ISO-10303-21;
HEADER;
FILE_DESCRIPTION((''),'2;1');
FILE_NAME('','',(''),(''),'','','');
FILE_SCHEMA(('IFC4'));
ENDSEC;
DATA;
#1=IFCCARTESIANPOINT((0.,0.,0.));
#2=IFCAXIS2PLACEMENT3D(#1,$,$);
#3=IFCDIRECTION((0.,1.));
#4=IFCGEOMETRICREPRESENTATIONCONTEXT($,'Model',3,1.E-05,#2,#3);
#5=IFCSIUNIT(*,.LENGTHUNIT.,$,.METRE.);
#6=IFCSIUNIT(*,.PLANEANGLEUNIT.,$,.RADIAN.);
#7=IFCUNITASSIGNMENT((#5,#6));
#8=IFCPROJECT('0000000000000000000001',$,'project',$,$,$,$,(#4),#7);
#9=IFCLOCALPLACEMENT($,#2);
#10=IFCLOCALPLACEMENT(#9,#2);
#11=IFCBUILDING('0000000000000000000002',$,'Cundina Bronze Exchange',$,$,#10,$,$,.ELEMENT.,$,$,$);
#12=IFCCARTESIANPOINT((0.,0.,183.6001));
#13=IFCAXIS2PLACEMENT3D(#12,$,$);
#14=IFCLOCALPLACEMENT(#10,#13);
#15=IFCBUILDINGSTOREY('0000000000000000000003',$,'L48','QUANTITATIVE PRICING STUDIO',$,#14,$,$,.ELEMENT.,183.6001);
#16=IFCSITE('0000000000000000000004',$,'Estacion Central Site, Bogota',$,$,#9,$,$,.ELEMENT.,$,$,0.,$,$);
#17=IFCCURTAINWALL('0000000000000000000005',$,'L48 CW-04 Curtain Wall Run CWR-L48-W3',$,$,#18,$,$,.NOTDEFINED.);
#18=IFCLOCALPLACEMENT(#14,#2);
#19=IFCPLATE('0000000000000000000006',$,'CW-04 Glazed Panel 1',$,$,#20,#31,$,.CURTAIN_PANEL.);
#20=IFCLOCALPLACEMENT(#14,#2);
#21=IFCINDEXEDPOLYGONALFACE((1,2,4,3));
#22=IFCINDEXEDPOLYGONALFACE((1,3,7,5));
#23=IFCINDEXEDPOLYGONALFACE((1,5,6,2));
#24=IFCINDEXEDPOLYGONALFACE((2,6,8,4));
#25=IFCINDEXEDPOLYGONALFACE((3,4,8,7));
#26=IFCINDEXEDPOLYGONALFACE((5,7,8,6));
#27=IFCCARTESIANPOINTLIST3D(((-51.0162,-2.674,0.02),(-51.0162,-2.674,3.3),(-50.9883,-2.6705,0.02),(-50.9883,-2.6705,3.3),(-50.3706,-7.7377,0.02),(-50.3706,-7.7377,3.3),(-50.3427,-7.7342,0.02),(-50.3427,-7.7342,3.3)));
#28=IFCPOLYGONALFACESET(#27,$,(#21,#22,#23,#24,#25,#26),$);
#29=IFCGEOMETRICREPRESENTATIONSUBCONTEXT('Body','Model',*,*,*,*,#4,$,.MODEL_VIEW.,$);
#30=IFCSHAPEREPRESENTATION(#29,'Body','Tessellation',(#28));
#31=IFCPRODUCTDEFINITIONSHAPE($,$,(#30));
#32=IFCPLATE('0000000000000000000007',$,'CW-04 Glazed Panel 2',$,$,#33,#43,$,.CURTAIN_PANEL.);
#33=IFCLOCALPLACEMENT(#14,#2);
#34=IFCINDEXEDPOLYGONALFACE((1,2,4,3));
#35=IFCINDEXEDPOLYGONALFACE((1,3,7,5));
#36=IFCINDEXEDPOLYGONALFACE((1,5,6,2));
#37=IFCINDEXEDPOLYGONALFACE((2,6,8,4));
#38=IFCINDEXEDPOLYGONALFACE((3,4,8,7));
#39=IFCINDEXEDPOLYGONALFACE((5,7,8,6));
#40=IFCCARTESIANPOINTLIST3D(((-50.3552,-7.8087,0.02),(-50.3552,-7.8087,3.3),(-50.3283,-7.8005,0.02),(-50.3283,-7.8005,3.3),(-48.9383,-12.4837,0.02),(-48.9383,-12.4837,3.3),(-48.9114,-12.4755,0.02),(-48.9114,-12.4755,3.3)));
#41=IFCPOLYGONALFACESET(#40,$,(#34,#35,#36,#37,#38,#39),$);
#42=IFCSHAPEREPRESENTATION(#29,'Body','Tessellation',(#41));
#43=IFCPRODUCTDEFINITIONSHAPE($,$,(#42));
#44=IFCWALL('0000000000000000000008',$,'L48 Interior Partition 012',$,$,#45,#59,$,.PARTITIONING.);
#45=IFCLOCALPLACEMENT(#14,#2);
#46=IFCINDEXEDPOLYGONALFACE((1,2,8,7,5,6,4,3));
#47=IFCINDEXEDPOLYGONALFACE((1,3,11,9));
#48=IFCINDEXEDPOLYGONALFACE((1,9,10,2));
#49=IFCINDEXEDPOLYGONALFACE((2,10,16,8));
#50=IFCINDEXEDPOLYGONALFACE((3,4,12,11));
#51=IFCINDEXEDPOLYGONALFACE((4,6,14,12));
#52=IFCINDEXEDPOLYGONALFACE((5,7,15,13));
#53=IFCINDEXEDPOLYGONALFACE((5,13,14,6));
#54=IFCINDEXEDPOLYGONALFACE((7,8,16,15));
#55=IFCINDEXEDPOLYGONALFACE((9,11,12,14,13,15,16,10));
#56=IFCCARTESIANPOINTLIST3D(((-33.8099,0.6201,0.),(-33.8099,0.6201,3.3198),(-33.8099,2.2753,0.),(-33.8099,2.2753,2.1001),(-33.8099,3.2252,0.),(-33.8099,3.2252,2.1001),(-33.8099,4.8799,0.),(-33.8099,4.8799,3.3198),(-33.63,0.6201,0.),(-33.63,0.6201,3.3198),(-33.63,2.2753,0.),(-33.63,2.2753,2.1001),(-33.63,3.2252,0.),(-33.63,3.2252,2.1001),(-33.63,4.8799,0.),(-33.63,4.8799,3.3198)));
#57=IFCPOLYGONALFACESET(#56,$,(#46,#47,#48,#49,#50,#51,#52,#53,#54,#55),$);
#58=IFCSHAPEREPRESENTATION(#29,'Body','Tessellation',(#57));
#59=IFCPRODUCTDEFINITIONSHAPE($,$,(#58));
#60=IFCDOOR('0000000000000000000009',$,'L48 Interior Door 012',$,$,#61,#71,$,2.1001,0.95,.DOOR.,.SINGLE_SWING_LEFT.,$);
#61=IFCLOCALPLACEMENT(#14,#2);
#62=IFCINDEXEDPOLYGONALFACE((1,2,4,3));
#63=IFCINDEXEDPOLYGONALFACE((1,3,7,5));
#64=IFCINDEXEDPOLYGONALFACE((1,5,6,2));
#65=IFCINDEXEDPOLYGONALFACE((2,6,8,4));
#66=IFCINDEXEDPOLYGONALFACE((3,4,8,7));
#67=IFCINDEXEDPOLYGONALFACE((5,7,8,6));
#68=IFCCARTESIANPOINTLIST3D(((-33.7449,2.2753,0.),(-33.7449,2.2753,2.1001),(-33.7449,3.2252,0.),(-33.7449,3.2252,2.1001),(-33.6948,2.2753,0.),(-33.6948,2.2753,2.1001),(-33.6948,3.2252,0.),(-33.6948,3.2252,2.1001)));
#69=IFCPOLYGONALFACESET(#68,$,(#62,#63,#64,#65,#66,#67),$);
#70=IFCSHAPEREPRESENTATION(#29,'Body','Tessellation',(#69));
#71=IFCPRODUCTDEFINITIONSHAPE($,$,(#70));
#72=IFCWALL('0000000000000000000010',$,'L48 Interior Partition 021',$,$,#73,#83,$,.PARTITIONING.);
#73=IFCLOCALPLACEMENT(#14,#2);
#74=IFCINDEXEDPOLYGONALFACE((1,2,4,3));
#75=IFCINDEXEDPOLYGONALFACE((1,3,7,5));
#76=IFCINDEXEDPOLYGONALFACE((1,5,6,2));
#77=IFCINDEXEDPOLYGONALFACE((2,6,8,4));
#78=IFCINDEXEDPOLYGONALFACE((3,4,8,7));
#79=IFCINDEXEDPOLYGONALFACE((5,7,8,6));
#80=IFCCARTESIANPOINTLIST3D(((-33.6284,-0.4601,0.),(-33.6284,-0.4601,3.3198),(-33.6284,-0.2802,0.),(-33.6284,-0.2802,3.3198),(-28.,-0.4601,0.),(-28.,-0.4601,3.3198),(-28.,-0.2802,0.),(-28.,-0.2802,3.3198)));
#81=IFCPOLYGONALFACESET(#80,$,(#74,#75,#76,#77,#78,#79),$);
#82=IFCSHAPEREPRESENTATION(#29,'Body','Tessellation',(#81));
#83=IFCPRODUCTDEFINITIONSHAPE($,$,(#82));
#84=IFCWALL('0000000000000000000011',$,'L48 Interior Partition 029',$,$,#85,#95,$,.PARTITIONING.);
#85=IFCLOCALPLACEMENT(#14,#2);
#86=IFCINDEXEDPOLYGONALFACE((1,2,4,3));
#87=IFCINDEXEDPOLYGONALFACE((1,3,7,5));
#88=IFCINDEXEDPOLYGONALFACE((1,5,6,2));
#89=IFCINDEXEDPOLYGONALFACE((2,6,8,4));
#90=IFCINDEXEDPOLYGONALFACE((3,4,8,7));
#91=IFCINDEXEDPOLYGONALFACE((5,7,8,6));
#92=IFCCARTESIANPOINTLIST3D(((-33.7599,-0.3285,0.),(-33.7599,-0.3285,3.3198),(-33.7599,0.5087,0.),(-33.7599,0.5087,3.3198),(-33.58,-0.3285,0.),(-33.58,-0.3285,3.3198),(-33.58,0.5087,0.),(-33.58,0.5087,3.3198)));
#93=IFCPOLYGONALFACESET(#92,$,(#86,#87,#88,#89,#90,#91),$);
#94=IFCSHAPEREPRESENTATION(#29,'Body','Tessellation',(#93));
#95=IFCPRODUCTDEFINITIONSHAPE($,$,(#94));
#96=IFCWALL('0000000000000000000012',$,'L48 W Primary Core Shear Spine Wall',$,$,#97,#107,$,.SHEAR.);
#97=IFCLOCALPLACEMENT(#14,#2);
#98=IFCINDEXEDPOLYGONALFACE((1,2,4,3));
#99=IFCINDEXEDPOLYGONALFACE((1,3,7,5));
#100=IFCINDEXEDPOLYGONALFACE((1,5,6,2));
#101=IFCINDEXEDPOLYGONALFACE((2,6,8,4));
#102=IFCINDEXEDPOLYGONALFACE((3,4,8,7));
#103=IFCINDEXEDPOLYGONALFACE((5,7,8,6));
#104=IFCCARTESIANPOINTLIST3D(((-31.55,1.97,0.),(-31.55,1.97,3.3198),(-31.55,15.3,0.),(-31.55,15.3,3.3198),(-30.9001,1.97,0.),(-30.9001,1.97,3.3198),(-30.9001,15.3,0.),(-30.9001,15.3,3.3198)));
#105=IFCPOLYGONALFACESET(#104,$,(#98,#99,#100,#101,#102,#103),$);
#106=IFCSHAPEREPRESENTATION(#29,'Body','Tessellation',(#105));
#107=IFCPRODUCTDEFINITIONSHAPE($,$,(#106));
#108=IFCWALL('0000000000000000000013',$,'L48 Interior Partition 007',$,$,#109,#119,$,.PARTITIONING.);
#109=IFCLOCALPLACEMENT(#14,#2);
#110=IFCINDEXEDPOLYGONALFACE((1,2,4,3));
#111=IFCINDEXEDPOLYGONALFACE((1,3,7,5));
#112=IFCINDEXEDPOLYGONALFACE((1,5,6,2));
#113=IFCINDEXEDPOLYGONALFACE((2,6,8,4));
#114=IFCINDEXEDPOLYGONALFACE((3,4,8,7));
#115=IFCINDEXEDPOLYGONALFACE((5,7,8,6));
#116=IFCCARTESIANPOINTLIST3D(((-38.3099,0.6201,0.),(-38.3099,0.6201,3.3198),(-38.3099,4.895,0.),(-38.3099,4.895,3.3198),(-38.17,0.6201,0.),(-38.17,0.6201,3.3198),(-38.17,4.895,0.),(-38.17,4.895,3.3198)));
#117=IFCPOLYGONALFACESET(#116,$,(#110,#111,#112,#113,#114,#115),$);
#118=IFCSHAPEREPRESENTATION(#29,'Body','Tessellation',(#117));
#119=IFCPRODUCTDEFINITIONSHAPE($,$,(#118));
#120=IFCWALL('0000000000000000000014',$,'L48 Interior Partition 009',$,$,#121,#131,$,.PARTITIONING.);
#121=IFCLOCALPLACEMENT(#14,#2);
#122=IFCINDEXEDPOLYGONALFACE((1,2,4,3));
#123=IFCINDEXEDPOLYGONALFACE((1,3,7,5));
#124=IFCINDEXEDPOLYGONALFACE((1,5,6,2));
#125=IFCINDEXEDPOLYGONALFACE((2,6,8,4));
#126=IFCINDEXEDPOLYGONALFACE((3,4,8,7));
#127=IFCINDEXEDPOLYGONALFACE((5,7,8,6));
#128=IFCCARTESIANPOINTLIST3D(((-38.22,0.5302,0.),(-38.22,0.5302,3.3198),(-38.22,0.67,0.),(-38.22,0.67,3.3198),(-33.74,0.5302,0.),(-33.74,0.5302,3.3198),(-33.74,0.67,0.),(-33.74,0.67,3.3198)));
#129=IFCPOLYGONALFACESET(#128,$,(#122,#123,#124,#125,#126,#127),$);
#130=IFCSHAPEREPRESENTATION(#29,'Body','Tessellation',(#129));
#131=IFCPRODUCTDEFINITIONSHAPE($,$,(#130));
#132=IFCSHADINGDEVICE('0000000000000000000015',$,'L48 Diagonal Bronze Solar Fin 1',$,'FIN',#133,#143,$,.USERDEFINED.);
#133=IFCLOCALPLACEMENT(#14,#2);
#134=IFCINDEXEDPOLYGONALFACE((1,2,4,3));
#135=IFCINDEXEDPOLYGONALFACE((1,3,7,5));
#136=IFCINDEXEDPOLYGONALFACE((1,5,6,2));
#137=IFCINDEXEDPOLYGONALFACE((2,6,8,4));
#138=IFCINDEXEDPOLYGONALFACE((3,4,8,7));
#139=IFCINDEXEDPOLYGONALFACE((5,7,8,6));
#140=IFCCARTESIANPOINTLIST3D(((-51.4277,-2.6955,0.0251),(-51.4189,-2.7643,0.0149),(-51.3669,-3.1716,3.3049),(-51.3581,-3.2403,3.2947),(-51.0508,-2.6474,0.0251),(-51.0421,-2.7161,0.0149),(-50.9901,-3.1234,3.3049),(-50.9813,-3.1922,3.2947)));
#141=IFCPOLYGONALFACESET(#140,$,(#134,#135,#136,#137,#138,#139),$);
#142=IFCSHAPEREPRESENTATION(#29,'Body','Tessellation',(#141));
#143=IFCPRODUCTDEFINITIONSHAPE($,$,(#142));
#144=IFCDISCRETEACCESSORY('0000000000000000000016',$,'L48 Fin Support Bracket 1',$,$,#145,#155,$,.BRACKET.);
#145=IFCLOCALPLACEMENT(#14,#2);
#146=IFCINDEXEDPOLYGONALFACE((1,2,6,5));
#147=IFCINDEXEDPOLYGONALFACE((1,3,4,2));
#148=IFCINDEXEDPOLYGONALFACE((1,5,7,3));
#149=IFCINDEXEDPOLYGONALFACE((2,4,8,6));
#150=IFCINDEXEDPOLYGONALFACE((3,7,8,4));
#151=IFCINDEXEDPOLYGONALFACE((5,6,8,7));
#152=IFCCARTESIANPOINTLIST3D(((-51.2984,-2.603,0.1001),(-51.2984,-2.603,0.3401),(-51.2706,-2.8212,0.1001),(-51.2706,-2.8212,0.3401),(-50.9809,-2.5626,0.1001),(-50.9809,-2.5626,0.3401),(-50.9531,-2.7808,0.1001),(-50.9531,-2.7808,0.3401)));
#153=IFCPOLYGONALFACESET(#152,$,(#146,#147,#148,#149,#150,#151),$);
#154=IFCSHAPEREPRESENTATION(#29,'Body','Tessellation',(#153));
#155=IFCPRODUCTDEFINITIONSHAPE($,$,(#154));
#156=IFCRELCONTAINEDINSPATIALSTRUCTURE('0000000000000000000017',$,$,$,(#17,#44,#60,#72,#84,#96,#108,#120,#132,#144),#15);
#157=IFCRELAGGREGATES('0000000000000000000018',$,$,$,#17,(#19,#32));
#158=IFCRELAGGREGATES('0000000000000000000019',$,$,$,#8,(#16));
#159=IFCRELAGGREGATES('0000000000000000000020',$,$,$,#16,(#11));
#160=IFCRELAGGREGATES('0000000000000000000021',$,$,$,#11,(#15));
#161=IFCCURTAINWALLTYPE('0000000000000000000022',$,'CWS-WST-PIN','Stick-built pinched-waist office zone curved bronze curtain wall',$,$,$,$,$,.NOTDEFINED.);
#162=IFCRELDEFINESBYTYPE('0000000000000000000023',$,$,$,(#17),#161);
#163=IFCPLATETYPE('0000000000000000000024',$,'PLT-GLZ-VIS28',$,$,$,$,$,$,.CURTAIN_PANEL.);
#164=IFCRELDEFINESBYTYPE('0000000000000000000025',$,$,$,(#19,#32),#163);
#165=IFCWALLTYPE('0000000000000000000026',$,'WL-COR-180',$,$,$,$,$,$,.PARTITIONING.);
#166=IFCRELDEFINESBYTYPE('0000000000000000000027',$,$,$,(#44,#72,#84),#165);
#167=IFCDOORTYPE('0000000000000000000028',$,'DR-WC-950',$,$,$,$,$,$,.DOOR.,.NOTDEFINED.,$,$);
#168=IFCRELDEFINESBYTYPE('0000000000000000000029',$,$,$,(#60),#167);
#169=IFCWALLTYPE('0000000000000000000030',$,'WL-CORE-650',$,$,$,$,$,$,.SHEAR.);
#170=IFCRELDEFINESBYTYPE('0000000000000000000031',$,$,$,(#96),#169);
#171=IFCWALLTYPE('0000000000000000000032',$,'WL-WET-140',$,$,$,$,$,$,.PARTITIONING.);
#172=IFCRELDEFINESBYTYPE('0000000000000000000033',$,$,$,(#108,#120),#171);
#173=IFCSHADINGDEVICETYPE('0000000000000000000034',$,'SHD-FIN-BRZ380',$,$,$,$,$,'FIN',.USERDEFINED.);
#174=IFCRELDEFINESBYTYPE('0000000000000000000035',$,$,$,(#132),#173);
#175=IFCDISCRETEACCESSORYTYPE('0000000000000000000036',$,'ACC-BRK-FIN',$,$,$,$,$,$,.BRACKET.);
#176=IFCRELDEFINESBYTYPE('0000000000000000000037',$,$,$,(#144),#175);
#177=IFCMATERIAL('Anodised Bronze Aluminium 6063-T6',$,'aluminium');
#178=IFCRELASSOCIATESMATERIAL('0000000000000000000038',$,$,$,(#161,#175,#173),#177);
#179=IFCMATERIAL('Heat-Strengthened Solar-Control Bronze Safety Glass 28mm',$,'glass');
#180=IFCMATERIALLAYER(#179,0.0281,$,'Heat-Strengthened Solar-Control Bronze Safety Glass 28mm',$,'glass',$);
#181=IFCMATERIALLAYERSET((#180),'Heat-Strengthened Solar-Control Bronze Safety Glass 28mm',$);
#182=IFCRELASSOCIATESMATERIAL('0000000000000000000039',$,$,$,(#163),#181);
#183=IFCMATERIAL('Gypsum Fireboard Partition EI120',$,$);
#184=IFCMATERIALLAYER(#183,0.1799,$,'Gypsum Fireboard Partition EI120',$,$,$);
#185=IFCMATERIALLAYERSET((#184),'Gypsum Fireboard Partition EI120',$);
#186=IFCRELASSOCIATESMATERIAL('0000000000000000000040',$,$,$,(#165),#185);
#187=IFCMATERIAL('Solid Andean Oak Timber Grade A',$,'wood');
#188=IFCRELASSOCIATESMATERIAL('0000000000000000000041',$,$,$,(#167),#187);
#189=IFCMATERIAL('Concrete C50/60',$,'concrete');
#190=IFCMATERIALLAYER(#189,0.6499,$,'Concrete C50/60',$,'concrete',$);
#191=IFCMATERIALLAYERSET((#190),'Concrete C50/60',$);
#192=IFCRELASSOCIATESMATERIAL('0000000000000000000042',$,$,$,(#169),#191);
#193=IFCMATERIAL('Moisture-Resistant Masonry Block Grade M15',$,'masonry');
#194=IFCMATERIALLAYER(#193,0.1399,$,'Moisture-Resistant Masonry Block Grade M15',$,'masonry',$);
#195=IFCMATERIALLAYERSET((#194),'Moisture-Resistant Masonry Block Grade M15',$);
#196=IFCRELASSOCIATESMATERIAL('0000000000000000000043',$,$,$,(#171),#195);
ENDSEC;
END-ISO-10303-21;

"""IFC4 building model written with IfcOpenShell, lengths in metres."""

from ifc_helpers import new_model, si_unit, direction, frame, frame_2d, origin, origin_2d, place, context, subcontext, project, spatial, rectangle, extrude, material, layer, layer_set, material_profile, profile_set, type_object, element, fill, aggregate, save


model = new_model("IFC4")

# Units and contexts
model_context = context("Model", 3, precision=1e-05, world=origin(), true_north=direction((0.0, 1.0)))
body_context = subcontext(model_context, "Body", "Model", "MODEL_VIEW")
ifc_project = project(units=[si_unit("LENGTHUNIT", "METRE"), si_unit("PLANEANGLEUNIT", "RADIAN")], contexts=[model_context])

# Site, building, storey
site_placement = place(None, origin())
site = spatial("IfcSite", under=ifc_project, at=site_placement, Name="Estacion Central Site, Bogota", CompositionType="ELEMENT", RefElevation=0.0)
building_placement = place(site_placement, origin())
building = spatial("IfcBuilding", under=site, at=building_placement, Name="Cundina Bronze Exchange", CompositionType="ELEMENT")
storey_placement = place(building_placement, frame((0.0, 0.0, 183.6001)))
storey = spatial("IfcBuildingStorey", under=building, at=storey_placement, Name="L48", Description="QUANTITATIVE PRICING STUDIO", CompositionType="ELEMENT", Elevation=183.6001)

# Shared definitions
ifc_material_1 = material(Name="Concrete C50/60", Category="concrete")

# Curtain wall
ifc_material_2 = material(Name="Anodised Bronze Aluminium 6063-T6", Category="aluminium")
curtain_wall_type = type_object("IfcCurtainWallType", Name="CWS-WST-PIN", Description="Stick-built pinched-waist office zone curved bronze curtain wall", PredefinedType="NOTDEFINED", material=ifc_material_2)
curtain_wall_1_placement = place(storey_placement, origin())
curtain_wall_1 = element("IfcCurtainWall", 1, at=curtain_wall_1_placement, inside=storey, type_object=curtain_wall_type, Name="L48 CW-04 Curtain Wall Run CWR-L48-W3", PredefinedType="NOTDEFINED")

# Plates
ifc_material_3 = material(Name="Heat-Strengthened Solar-Control Bronze Safety Glass 28mm", Category="glass")
ifc_layer_1 = layer(ifc_material_3, 0.0281, Name="Heat-Strengthened Solar-Control Bronze Safety Glass 28mm", Category="glass")
ifc_layer_set_1 = layer_set([ifc_layer_1], Name="Heat-Strengthened Solar-Control Bronze Safety Glass 28mm")
plate_type = type_object("IfcPlateType", Name="PLT-GLZ-VIS28", PredefinedType="CURTAIN_PANEL", material=ifc_layer_set_1)
plate_1_placement = place(storey_placement, frame((-50.6794, -5.2041, 0.02), z_axis=(0.0, 0.0, 1.0), x_axis=(0.126476, -0.99197, 0.0)))
plate_1 = element("IfcPlate", 2, at=plate_1_placement, type_object=plate_type, Name="CW-04 Glazed Panel 1", PredefinedType="CURTAIN_PANEL", context=body_context, shape_type="SweptSolid", body=[
    extrude(rectangle(XDim=5.1047, YDim=0.0281, at=origin_2d()), origin(), (0.0, 0.0, 1.0), 3.28),
])
plate_2_placement = place(storey_placement, frame((-49.6333, -10.1421, 0.02), z_axis=(0.0, 0.0, 1.0), x_axis=(0.290051, -0.957011, 0.0)))
plate_2 = element("IfcPlate", 3, at=plate_2_placement, type_object=plate_type, Name="CW-04 Glazed Panel 2", PredefinedType="CURTAIN_PANEL", context=body_context, shape_type="SweptSolid", body=[
    extrude(rectangle(XDim=4.885, YDim=0.0281, at=origin_2d()), origin(), (0.0, 0.0, 1.0), 3.28),
])
aggregate(curtain_wall_1, [plate_1, plate_2])

# Wall, opening, door
ifc_material_4 = material(Name="Gypsum Fireboard Partition EI120")
ifc_layer_2 = layer(ifc_material_4, 0.1799, Name="Gypsum Fireboard Partition EI120")
ifc_layer_set_2 = layer_set([ifc_layer_2], Name="Gypsum Fireboard Partition EI120")
wall_type_1 = type_object("IfcWallType", Name="WL-COR-180", PredefinedType="PARTITIONING", material=ifc_layer_set_2)
wall_1_placement = place(storey_placement, frame((-33.72, 0.6201, 0.0), z_axis=(0.0, 0.0, 1.0), x_axis=(0.0, 1.0, 0.0)))
wall_1 = element("IfcWall", 4, at=wall_1_placement, inside=storey, type_object=wall_type_1, Name="L48 Interior Partition 012", PredefinedType="PARTITIONING", context=body_context, shape_type="SweptSolid", body=[
    extrude(rectangle(XDim=4.2598, YDim=0.1799, at=frame_2d((2.1299, 0.0))), origin(), (0.0, 0.0, 1.0), 3.3198),
])
opening_1_placement = place(wall_1_placement, frame((1.655, 0.0, 0.0)))
opening_1 = element("IfcOpeningElement", 5, at=opening_1_placement, cuts=wall_1, PredefinedType="OPENING", context=body_context, shape_type="SweptSolid", body=[
    extrude(rectangle(XDim=0.95, YDim=2.1001, at=frame_2d((0.4751, 1.05))), frame((0.0, 0.0999, 0.0), z_axis=(0.0, -1.0, 0.0), x_axis=(1.0, 0.0, 0.0)), (0.0, 0.0, 1.0), 0.2),
])
ifc_material_5 = material(Name="Solid Andean Oak Timber Grade A", Category="wood")
door_type_1 = type_object("IfcDoorType", Name="DR-WC-950", OperationType="NOTDEFINED", PredefinedType="DOOR", material=ifc_material_5)
door_1_placement = place(opening_1_placement, origin())
door_1 = element("IfcDoor", 6, at=door_1_placement, inside=storey, type_object=door_type_1, Name="L48 Interior Door 012", OperationType="SINGLE_SWING_LEFT", OverallHeight=2.1001, OverallWidth=0.95, PredefinedType="DOOR", context=body_context, shape_type="SweptSolid", body=[
    extrude(rectangle(XDim=0.95, YDim=2.1001, at=frame_2d((0.4751, 1.05))), frame((0.0, 0.0249, 0.0), z_axis=(0.0, -1.0, 0.0), x_axis=(1.0, 0.0, 0.0)), (0.0, 0.0, 1.0), 0.05),
])
fill(opening_1, door_1)

# Walls
wall_2_placement = place(storey_placement, frame((-33.6284, -0.3701, 0.0), z_axis=(0.0, 0.0, 1.0), x_axis=(1.0, 0.0, 0.0)))
element("IfcWall", 7, at=wall_2_placement, inside=storey, type_object=wall_type_1, Name="L48 Interior Partition 021", PredefinedType="PARTITIONING", context=body_context, shape_type="SweptSolid", body=[
    extrude(rectangle(XDim=5.6284, YDim=0.1799, at=frame_2d((2.8142, 0.0))), origin(), (0.0, 0.0, 1.0), 3.3198),
])
wall_3_placement = place(storey_placement, frame((-33.6699, 0.5085, 0.0), z_axis=(0.0, 0.0, 1.0), x_axis=(0.0, -1.0, 0.0)))
element("IfcWall", 8, at=wall_3_placement, inside=storey, type_object=wall_type_1, Name="L48 Interior Partition 029", PredefinedType="PARTITIONING", context=body_context, shape_type="SweptSolid", body=[
    extrude(rectangle(XDim=0.8372, YDim=0.1799, at=frame_2d((0.4185, 0.0))), origin(), (0.0, 0.0, 1.0), 3.3198),
])
ifc_layer_3 = layer(ifc_material_1, 0.6499, Name="Concrete C50/60", Category="concrete")
ifc_layer_set_3 = layer_set([ifc_layer_3], Name="Concrete C50/60")
wall_type_2 = type_object("IfcWallType", Name="WL-CORE-650", PredefinedType="SHEAR", material=ifc_layer_set_3)
wall_4_placement = place(storey_placement, frame((-31.2251, 1.97, 0.0), z_axis=(0.0, 0.0, 1.0), x_axis=(0.0, 1.0, 0.0)))
element("IfcWall", 9, at=wall_4_placement, inside=storey, type_object=wall_type_2, Name="L48 W Primary Core Shear Spine Wall", PredefinedType="SHEAR", context=body_context, shape_type="SweptSolid", body=[
    extrude(rectangle(XDim=13.3301, YDim=0.6499, at=frame_2d((6.665, 0.0))), origin(), (0.0, 0.0, 1.0), 3.3198),
])
ifc_material_6 = material(Name="Moisture-Resistant Masonry Block Grade M15", Category="masonry")
ifc_layer_4 = layer(ifc_material_6, 0.1399, Name="Moisture-Resistant Masonry Block Grade M15", Category="masonry")
ifc_layer_set_4 = layer_set([ifc_layer_4], Name="Moisture-Resistant Masonry Block Grade M15")
wall_type_3 = type_object("IfcWallType", Name="WL-WET-140", PredefinedType="PARTITIONING", material=ifc_layer_set_4)
wall_5_placement = place(storey_placement, frame((-38.24, 0.6201, 0.0), z_axis=(0.0, 0.0, 1.0), x_axis=(0.0, 1.0, 0.0)))
element("IfcWall", 10, at=wall_5_placement, inside=storey, type_object=wall_type_3, Name="L48 Interior Partition 007", PredefinedType="PARTITIONING", context=body_context, shape_type="SweptSolid", body=[
    extrude(rectangle(XDim=4.2749, YDim=0.1399, at=frame_2d((2.1375, 0.0))), origin(), (0.0, 0.0, 1.0), 3.3198),
])
wall_6_placement = place(storey_placement, frame((-38.22, 0.6001, 0.0), z_axis=(0.0, 0.0, 1.0), x_axis=(1.0, 0.0, 0.0)))
element("IfcWall", 11, at=wall_6_placement, inside=storey, type_object=wall_type_3, Name="L48 Interior Partition 009", PredefinedType="PARTITIONING", context=body_context, shape_type="SweptSolid", body=[
    extrude(rectangle(XDim=4.48, YDim=0.1399, at=frame_2d((2.24, 0.0))), origin(), (0.0, 0.0, 1.0), 3.3198),
])

# Shading device
ifc_material_profile_1 = material_profile(ifc_material_2, rectangle(XDim=0.0701, YDim=0.3799, at=origin_2d()), Name="FIN70X380", Category="aluminium")
ifc_profile_set_1 = profile_set([ifc_material_profile_1], Name="Anodised Bronze Aluminium 6063-T6")
shading_device_type = type_object("IfcShadingDeviceType", Name="SHD-FIN-BRZ380", ElementType="FIN", PredefinedType="USERDEFINED", material=ifc_profile_set_1)
shading_device_placement = place(storey_placement, frame((-51.2349, -2.7058, 0.02), z_axis=(0.01834, -0.143624, 0.989462), x_axis=(-0.125329, 0.981493, 0.144791)))
element("IfcShadingDevice", 12, at=shading_device_placement, inside=storey, type_object=shading_device_type, Name="L48 Diagonal Bronze Solar Fin 1", ObjectType="FIN", PredefinedType="USERDEFINED", context=body_context, shape_type="SweptSolid", body=[
    extrude(rectangle(XDim=0.0701, YDim=0.3799, at=origin_2d()), origin(), (0.0, 0.0, 1.0), 3.3147),
])

# Discrete accessory
discrete_accessory_type = type_object("IfcDiscreteAccessoryType", Name="ACC-BRK-FIN", PredefinedType="BRACKET", material=ifc_material_2)
discrete_accessory_placement = place(storey_placement, frame((-51.1257, -2.6919, 0.1001), z_axis=(0.0, 0.0, 1.0), x_axis=(0.126476, -0.99197, 0.0)))
element("IfcDiscreteAccessory", 13, at=discrete_accessory_placement, inside=storey, type_object=discrete_accessory_type, Name="L48 Fin Support Bracket 1", PredefinedType="BRACKET", context=body_context, shape_type="SweptSolid", body=[
    extrude(rectangle(XDim=0.22, YDim=0.3201, at=origin_2d()), origin(), (0.0, 0.0, 1.0), 0.24),
])

save(model, "model.ifc")
